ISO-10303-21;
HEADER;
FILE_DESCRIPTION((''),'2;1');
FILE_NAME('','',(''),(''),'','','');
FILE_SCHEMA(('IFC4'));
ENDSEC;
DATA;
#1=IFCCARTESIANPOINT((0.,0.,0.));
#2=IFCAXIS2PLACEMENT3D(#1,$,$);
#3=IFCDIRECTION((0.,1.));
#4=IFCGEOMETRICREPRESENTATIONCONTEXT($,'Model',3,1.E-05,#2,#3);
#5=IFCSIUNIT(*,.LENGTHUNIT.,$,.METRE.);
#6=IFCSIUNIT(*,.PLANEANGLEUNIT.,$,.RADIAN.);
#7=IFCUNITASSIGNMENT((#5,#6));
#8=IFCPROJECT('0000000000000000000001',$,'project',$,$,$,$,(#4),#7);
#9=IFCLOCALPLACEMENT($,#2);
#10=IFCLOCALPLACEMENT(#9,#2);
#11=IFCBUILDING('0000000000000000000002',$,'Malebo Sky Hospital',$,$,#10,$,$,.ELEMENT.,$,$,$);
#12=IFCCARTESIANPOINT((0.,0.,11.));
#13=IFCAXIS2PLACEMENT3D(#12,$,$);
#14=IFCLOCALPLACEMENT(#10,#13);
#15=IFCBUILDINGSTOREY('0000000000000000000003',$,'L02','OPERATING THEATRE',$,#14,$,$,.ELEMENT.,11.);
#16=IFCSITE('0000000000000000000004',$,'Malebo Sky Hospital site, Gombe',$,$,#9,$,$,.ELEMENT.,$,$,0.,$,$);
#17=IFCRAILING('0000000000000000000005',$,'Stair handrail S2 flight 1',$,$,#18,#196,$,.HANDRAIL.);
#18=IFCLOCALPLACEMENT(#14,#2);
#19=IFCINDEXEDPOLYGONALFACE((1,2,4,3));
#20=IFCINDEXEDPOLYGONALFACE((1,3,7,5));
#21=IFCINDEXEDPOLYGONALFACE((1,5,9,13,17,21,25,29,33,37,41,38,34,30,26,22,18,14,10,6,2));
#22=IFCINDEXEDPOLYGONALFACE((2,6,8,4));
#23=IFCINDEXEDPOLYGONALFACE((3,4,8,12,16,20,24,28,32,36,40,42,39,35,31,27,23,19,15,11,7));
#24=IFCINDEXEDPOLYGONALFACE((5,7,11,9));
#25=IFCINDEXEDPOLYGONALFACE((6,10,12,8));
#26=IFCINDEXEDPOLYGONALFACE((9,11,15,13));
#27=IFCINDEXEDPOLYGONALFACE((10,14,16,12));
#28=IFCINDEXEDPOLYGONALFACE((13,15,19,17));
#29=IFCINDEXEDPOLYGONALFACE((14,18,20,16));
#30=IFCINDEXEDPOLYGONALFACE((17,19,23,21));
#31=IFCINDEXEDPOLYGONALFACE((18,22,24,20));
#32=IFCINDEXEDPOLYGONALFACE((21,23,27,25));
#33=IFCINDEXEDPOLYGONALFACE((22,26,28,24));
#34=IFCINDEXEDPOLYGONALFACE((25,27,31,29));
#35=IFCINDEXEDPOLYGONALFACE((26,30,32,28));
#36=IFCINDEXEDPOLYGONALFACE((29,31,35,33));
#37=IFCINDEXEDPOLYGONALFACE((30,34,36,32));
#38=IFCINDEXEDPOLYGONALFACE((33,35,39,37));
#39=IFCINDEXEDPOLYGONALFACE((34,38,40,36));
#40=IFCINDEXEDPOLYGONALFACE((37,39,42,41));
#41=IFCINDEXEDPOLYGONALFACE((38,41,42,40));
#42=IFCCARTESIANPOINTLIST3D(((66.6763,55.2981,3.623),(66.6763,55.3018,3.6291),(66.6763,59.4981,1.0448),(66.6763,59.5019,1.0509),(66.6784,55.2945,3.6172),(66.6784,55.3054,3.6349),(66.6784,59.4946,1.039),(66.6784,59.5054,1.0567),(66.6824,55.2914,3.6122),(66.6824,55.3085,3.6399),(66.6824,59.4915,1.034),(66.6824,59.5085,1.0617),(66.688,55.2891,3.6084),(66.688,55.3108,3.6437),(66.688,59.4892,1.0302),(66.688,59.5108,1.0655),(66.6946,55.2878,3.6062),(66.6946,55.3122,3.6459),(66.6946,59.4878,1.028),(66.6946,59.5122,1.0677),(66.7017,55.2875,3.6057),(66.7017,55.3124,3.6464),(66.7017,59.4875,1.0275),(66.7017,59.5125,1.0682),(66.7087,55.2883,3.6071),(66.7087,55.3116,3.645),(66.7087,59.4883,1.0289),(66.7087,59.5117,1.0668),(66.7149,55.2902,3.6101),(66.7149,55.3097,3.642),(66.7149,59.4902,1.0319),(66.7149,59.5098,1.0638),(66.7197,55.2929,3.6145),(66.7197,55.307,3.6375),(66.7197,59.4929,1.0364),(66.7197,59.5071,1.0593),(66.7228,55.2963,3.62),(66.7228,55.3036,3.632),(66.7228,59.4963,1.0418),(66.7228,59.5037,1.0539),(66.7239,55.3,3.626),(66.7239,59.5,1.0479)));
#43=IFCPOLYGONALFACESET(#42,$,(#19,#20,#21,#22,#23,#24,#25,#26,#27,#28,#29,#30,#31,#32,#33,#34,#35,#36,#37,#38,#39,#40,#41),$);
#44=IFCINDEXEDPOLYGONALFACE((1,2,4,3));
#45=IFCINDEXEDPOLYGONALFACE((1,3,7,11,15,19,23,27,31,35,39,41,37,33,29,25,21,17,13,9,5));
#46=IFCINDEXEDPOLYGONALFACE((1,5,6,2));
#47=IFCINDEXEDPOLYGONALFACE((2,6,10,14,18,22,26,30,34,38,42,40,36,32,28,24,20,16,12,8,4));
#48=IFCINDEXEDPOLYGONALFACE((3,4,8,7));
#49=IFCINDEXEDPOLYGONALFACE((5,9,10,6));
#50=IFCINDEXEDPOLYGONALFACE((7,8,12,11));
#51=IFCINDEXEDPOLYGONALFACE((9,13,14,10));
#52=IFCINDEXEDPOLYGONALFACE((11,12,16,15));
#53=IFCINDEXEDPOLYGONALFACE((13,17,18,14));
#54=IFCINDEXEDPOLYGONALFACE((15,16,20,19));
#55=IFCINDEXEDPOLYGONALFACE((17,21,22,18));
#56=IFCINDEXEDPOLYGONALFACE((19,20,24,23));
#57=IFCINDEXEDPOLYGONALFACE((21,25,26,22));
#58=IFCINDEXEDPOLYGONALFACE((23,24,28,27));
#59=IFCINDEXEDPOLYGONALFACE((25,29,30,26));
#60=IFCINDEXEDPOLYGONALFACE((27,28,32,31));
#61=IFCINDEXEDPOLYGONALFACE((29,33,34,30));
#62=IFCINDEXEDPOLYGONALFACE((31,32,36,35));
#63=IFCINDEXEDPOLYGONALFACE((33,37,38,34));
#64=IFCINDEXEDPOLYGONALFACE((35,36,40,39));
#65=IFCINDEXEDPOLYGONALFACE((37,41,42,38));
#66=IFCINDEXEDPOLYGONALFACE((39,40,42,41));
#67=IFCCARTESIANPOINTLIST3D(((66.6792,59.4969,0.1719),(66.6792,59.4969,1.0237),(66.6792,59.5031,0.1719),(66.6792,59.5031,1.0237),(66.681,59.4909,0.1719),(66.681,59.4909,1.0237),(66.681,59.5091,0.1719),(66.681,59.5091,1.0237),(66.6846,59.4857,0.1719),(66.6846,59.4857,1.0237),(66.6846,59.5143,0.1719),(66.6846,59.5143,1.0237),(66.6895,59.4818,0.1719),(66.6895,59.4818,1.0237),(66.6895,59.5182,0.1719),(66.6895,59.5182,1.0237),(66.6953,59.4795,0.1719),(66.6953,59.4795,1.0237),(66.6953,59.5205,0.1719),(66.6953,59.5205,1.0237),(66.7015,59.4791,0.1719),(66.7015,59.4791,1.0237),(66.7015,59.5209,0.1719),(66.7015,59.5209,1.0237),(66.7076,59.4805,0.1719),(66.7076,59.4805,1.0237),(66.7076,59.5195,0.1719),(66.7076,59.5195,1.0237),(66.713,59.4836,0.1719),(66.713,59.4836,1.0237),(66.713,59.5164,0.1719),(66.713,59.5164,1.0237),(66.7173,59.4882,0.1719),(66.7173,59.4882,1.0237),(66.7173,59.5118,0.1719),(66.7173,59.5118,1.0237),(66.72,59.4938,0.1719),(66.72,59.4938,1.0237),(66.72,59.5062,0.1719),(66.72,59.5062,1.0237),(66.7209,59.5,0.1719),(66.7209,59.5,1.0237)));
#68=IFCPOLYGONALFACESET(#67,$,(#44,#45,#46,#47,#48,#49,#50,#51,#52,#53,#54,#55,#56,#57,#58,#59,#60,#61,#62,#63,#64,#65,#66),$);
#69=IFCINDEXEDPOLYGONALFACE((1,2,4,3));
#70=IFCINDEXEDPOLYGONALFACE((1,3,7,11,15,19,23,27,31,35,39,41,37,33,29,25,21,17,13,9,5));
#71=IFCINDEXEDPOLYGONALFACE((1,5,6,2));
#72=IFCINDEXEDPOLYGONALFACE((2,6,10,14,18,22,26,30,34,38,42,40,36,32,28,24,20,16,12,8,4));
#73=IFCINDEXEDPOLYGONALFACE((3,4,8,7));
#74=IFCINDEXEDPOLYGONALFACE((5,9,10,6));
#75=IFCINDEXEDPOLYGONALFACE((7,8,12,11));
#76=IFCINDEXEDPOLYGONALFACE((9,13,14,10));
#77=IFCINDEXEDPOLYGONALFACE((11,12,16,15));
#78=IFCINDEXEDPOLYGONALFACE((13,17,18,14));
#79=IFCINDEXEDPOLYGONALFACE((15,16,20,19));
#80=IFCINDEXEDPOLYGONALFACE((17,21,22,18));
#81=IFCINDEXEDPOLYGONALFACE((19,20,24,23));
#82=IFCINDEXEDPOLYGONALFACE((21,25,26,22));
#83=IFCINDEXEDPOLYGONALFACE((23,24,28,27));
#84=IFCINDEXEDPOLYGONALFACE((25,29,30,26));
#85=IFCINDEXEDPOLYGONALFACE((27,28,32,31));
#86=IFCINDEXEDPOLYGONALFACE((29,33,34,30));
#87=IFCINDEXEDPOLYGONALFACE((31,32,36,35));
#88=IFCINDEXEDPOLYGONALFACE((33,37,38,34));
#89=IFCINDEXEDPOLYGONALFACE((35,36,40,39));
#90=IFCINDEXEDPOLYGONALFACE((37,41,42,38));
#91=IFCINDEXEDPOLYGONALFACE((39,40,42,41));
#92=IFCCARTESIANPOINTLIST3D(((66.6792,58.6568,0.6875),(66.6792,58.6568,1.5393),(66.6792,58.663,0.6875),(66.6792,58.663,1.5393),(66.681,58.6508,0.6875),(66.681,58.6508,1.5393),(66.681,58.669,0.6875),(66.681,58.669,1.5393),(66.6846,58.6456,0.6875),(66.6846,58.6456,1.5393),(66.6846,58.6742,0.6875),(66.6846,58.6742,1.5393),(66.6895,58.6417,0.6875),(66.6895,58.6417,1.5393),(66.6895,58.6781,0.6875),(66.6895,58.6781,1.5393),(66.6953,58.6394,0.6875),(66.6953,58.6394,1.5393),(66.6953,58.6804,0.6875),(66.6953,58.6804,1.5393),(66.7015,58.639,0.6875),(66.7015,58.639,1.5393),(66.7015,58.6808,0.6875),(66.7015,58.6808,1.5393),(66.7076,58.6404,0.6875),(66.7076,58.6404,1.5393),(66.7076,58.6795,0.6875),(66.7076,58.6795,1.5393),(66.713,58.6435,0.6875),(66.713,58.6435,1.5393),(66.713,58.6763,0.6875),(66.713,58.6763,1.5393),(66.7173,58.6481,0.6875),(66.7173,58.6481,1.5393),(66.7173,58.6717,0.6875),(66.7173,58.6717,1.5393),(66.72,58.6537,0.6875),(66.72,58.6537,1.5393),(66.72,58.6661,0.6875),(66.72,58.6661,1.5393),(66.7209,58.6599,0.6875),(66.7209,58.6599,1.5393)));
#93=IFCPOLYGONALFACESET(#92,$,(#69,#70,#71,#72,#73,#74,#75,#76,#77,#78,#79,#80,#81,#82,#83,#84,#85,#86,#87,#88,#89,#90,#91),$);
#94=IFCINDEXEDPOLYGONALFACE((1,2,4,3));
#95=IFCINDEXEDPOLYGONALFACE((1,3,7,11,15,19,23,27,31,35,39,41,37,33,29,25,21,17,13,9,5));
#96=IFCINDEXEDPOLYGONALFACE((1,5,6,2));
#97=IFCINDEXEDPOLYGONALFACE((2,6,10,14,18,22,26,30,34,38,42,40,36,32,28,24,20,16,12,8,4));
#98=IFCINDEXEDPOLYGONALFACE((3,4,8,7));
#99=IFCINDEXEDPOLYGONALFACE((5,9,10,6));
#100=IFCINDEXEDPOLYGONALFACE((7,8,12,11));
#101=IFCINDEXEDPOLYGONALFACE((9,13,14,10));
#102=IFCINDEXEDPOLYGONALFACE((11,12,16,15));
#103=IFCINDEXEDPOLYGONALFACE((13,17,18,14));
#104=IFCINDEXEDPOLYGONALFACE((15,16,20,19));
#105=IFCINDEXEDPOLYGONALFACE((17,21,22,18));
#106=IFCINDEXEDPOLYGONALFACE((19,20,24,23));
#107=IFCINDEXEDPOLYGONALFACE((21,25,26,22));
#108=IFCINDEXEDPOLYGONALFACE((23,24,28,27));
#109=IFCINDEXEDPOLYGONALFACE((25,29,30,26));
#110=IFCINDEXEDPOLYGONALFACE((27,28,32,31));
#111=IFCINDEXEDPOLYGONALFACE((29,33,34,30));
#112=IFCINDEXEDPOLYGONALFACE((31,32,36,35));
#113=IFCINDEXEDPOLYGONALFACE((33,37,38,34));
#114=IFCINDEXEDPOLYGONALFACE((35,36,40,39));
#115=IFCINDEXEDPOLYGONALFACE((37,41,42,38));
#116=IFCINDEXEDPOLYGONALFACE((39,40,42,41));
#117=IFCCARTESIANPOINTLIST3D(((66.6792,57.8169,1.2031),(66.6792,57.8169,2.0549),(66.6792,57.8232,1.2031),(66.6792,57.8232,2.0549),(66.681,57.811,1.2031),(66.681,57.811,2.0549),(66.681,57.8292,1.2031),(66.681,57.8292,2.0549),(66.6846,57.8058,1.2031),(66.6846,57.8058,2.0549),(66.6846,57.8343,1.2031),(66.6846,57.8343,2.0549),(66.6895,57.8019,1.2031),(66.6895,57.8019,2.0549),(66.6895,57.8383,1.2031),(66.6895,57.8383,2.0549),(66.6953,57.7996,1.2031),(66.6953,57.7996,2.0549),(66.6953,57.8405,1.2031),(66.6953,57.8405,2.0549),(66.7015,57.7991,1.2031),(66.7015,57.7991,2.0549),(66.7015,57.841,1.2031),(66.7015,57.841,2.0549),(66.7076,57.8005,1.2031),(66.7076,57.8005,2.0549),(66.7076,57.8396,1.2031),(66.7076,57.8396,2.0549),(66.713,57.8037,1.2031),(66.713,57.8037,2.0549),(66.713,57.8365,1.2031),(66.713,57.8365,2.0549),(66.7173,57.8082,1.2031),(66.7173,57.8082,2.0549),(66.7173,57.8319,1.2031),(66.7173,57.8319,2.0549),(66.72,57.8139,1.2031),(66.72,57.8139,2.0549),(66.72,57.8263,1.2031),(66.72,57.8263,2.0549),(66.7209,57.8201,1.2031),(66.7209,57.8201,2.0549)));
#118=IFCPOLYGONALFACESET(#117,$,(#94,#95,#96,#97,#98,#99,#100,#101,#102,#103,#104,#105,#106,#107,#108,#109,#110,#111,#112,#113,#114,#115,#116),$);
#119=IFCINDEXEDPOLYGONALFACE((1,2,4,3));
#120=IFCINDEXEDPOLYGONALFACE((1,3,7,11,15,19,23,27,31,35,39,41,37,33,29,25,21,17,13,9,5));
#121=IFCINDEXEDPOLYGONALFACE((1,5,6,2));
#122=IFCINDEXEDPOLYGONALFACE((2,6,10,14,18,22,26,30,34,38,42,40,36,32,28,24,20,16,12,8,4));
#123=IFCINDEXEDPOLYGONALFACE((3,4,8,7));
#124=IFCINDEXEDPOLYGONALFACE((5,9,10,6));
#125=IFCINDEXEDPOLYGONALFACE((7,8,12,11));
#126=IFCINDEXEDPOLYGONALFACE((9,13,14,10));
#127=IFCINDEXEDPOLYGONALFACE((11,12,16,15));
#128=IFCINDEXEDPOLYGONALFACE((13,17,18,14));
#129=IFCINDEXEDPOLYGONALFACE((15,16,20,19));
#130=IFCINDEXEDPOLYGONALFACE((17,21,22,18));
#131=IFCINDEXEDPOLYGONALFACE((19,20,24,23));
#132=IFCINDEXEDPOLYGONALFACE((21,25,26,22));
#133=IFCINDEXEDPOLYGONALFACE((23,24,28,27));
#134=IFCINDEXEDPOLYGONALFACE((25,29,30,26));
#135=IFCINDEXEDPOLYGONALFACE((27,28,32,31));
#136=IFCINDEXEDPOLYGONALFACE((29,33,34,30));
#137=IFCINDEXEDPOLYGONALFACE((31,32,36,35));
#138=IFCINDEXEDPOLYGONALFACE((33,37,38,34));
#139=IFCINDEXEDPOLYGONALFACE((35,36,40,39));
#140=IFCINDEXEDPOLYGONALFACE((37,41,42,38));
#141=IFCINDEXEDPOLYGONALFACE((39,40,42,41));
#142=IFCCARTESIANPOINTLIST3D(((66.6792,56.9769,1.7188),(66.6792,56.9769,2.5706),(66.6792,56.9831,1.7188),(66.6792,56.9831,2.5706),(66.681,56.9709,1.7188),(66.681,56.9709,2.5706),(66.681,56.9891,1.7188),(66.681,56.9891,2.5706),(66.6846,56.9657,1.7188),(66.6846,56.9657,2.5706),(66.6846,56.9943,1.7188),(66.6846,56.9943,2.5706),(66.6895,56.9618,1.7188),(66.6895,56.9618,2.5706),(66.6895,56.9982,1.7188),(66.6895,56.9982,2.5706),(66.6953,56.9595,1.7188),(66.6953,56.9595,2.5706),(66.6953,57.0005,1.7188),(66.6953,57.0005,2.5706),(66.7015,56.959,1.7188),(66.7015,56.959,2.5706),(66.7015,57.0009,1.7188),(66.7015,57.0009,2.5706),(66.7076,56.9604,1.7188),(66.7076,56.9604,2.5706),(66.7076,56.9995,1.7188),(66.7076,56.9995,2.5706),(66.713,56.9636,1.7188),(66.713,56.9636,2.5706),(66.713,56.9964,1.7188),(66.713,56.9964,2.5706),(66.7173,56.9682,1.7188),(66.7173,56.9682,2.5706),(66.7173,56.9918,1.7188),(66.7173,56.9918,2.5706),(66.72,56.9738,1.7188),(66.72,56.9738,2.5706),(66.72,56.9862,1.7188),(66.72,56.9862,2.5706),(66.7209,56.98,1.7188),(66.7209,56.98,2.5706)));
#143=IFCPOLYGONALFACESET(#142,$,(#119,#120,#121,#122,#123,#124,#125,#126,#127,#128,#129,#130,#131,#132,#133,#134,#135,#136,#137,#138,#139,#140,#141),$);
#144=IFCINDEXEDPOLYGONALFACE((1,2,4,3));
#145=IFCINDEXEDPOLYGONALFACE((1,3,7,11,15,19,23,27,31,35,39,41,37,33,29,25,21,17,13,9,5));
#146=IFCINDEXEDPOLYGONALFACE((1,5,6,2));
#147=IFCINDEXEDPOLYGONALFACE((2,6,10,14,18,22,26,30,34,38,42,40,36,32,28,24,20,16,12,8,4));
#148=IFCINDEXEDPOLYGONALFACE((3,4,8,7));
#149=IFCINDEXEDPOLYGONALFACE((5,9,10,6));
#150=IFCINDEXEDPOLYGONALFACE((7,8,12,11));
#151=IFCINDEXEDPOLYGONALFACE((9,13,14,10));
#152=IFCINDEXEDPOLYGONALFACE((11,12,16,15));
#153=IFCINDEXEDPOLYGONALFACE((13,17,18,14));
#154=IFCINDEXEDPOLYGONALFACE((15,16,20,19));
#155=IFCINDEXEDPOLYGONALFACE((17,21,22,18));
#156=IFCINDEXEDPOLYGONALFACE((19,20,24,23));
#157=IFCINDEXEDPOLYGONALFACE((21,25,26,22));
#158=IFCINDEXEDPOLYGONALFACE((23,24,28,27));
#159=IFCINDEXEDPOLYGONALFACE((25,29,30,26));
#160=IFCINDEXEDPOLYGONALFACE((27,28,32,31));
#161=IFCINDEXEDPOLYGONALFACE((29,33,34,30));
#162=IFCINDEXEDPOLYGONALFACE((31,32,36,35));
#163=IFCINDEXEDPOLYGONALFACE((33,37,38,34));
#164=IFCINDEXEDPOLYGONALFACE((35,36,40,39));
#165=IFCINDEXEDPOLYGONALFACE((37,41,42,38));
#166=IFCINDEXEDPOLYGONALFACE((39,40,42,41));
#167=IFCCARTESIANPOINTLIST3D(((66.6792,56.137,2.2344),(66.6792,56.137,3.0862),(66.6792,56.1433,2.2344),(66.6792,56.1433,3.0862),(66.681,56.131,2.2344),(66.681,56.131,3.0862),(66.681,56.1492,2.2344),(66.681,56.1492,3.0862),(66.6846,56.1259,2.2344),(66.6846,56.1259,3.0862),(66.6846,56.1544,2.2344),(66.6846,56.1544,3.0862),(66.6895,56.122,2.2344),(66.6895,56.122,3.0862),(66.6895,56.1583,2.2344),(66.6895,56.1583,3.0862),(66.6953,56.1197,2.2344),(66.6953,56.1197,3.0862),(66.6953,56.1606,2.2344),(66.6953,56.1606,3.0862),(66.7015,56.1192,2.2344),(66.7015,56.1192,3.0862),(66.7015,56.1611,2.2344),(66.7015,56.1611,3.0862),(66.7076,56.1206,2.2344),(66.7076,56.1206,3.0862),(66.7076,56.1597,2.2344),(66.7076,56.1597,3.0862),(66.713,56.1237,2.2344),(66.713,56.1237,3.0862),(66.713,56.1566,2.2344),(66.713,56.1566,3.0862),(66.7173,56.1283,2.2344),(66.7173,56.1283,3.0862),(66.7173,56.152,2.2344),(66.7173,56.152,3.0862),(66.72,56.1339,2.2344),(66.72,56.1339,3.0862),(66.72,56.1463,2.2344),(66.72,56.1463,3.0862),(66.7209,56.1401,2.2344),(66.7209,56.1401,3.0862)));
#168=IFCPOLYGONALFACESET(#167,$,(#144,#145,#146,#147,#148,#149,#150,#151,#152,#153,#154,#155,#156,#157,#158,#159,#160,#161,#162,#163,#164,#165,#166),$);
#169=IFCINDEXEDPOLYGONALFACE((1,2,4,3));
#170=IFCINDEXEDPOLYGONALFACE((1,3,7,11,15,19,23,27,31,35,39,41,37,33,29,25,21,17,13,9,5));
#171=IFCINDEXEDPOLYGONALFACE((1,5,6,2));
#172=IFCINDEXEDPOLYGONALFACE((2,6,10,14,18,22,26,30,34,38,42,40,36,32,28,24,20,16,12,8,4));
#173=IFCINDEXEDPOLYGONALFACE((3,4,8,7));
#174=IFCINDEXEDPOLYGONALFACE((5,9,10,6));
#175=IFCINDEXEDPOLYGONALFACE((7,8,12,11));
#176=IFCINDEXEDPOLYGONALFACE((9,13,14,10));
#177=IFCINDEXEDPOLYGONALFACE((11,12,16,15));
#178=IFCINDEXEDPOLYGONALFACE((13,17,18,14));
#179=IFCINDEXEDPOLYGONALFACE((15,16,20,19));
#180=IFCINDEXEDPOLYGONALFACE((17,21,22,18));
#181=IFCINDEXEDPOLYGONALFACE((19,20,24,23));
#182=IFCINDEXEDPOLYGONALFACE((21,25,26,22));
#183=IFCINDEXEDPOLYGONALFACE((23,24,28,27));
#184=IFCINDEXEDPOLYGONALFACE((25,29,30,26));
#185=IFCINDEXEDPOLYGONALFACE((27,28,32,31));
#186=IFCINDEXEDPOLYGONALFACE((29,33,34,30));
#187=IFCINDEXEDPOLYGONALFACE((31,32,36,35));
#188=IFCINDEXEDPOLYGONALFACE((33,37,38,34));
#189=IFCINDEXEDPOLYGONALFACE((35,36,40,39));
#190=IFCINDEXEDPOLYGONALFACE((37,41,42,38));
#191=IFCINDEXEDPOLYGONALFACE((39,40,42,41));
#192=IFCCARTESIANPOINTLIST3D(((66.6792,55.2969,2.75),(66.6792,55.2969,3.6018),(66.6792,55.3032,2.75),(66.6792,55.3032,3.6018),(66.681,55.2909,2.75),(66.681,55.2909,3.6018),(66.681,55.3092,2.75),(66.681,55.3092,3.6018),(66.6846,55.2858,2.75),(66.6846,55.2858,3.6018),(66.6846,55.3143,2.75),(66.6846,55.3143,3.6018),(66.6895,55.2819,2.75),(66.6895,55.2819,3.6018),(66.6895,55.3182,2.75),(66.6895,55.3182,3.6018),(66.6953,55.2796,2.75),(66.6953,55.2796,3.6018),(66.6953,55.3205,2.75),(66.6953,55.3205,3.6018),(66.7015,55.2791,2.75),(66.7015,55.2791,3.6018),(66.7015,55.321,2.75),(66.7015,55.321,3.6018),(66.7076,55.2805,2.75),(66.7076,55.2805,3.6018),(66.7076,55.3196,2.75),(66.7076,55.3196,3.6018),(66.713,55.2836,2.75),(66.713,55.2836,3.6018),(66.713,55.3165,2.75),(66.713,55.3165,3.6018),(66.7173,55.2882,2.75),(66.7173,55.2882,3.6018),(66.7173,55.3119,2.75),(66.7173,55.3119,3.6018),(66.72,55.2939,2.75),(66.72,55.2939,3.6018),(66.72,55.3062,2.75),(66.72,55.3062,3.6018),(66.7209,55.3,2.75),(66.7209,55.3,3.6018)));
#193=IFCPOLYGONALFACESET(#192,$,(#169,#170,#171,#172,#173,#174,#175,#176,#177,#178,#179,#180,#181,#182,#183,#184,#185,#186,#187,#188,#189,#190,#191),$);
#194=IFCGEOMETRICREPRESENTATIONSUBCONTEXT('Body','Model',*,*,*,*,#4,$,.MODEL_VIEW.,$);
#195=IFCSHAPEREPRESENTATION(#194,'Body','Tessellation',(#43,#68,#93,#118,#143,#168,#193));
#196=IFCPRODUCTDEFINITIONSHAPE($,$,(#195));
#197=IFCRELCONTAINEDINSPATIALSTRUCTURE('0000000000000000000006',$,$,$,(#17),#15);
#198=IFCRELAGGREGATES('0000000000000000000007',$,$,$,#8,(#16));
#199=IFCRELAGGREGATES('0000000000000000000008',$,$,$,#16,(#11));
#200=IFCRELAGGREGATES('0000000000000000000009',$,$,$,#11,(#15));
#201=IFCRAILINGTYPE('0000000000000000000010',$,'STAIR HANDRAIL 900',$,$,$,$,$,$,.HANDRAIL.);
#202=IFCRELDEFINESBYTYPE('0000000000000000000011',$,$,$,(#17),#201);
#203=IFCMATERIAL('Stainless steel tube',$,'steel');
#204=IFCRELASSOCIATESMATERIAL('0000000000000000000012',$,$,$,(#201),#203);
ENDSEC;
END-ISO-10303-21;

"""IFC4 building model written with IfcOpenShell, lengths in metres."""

from ifc_helpers import new_model, si_unit, direction, frame, origin, origin_2d, place, context, subcontext, project, spatial, circle, extrude, material, type_object, element, save


model = new_model("IFC4")

# Units and contexts
model_context = context("Model", 3, precision=1e-05, world=origin(), true_north=direction((0.0, 1.0)))
body_context = subcontext(model_context, "Body", "Model", "MODEL_VIEW")
ifc_project = project(units=[si_unit("LENGTHUNIT", "METRE"), si_unit("PLANEANGLEUNIT", "RADIAN")], contexts=[model_context])

# Site, building, storey
site_placement = place(None, origin())
site = spatial("IfcSite", under=ifc_project, at=site_placement, Name="Malebo Sky Hospital site, Gombe", CompositionType="ELEMENT", RefElevation=0.0)
building_placement = place(site_placement, origin())
building = spatial("IfcBuilding", under=site, at=building_placement, Name="Malebo Sky Hospital", CompositionType="ELEMENT")
storey_placement = place(building_placement, frame((0.0, 0.0, 11.0)))
storey = spatial("IfcBuildingStorey", under=building, at=storey_placement, Name="L02", Description="OPERATING THEATRE", CompositionType="ELEMENT", Elevation=11.0)

# Railing
ifc_material_1 = material(Name="Stainless steel tube", Category="steel")
railing_type = type_object("IfcRailingType", Name="STAIR HANDRAIL 900", PredefinedType="HANDRAIL", material=ifc_material_1)
railing_1_placement = place(storey_placement, frame((66.7, 59.5, 0.1719)))
element("IfcRailing", 1, at=railing_1_placement, inside=storey, type_object=railing_type, Name="Stair handrail S2 flight 1", PredefinedType="HANDRAIL", context=body_context, shape_type="SweptSolid", body=[
    extrude(circle(Radius=0.0239, at=origin_2d()), frame((0.0, 0.0, 0.876), z_axis=(0.0, -0.852243, 0.523146), x_axis=(1.0, 0.0, 0.0)), (0.0, 0.0, 1.0), 4.9282),
    extrude(circle(Radius=0.021, at=origin_2d()), origin(), (0.0, 0.0, 1.0), 0.8518),
    extrude(circle(Radius=0.021, at=origin_2d()), frame((0.0, -0.8401, 0.5156)), (0.0, 0.0, 1.0), 0.8518),
    extrude(circle(Radius=0.021, at=origin_2d()), frame((0.0, -1.6799, 1.0312)), (0.0, 0.0, 1.0), 0.8518),
    extrude(circle(Radius=0.021, at=origin_2d()), frame((0.0, -2.52, 1.5469)), (0.0, 0.0, 1.0), 0.8518),
    extrude(circle(Radius=0.021, at=origin_2d()), frame((0.0, -3.3599, 2.0625)), (0.0, 0.0, 1.0), 0.8518),
    extrude(circle(Radius=0.021, at=origin_2d()), frame((0.0, -4.2, 2.5781)), (0.0, 0.0, 1.0), 0.8518),
])

save(model, "model.ifc")
